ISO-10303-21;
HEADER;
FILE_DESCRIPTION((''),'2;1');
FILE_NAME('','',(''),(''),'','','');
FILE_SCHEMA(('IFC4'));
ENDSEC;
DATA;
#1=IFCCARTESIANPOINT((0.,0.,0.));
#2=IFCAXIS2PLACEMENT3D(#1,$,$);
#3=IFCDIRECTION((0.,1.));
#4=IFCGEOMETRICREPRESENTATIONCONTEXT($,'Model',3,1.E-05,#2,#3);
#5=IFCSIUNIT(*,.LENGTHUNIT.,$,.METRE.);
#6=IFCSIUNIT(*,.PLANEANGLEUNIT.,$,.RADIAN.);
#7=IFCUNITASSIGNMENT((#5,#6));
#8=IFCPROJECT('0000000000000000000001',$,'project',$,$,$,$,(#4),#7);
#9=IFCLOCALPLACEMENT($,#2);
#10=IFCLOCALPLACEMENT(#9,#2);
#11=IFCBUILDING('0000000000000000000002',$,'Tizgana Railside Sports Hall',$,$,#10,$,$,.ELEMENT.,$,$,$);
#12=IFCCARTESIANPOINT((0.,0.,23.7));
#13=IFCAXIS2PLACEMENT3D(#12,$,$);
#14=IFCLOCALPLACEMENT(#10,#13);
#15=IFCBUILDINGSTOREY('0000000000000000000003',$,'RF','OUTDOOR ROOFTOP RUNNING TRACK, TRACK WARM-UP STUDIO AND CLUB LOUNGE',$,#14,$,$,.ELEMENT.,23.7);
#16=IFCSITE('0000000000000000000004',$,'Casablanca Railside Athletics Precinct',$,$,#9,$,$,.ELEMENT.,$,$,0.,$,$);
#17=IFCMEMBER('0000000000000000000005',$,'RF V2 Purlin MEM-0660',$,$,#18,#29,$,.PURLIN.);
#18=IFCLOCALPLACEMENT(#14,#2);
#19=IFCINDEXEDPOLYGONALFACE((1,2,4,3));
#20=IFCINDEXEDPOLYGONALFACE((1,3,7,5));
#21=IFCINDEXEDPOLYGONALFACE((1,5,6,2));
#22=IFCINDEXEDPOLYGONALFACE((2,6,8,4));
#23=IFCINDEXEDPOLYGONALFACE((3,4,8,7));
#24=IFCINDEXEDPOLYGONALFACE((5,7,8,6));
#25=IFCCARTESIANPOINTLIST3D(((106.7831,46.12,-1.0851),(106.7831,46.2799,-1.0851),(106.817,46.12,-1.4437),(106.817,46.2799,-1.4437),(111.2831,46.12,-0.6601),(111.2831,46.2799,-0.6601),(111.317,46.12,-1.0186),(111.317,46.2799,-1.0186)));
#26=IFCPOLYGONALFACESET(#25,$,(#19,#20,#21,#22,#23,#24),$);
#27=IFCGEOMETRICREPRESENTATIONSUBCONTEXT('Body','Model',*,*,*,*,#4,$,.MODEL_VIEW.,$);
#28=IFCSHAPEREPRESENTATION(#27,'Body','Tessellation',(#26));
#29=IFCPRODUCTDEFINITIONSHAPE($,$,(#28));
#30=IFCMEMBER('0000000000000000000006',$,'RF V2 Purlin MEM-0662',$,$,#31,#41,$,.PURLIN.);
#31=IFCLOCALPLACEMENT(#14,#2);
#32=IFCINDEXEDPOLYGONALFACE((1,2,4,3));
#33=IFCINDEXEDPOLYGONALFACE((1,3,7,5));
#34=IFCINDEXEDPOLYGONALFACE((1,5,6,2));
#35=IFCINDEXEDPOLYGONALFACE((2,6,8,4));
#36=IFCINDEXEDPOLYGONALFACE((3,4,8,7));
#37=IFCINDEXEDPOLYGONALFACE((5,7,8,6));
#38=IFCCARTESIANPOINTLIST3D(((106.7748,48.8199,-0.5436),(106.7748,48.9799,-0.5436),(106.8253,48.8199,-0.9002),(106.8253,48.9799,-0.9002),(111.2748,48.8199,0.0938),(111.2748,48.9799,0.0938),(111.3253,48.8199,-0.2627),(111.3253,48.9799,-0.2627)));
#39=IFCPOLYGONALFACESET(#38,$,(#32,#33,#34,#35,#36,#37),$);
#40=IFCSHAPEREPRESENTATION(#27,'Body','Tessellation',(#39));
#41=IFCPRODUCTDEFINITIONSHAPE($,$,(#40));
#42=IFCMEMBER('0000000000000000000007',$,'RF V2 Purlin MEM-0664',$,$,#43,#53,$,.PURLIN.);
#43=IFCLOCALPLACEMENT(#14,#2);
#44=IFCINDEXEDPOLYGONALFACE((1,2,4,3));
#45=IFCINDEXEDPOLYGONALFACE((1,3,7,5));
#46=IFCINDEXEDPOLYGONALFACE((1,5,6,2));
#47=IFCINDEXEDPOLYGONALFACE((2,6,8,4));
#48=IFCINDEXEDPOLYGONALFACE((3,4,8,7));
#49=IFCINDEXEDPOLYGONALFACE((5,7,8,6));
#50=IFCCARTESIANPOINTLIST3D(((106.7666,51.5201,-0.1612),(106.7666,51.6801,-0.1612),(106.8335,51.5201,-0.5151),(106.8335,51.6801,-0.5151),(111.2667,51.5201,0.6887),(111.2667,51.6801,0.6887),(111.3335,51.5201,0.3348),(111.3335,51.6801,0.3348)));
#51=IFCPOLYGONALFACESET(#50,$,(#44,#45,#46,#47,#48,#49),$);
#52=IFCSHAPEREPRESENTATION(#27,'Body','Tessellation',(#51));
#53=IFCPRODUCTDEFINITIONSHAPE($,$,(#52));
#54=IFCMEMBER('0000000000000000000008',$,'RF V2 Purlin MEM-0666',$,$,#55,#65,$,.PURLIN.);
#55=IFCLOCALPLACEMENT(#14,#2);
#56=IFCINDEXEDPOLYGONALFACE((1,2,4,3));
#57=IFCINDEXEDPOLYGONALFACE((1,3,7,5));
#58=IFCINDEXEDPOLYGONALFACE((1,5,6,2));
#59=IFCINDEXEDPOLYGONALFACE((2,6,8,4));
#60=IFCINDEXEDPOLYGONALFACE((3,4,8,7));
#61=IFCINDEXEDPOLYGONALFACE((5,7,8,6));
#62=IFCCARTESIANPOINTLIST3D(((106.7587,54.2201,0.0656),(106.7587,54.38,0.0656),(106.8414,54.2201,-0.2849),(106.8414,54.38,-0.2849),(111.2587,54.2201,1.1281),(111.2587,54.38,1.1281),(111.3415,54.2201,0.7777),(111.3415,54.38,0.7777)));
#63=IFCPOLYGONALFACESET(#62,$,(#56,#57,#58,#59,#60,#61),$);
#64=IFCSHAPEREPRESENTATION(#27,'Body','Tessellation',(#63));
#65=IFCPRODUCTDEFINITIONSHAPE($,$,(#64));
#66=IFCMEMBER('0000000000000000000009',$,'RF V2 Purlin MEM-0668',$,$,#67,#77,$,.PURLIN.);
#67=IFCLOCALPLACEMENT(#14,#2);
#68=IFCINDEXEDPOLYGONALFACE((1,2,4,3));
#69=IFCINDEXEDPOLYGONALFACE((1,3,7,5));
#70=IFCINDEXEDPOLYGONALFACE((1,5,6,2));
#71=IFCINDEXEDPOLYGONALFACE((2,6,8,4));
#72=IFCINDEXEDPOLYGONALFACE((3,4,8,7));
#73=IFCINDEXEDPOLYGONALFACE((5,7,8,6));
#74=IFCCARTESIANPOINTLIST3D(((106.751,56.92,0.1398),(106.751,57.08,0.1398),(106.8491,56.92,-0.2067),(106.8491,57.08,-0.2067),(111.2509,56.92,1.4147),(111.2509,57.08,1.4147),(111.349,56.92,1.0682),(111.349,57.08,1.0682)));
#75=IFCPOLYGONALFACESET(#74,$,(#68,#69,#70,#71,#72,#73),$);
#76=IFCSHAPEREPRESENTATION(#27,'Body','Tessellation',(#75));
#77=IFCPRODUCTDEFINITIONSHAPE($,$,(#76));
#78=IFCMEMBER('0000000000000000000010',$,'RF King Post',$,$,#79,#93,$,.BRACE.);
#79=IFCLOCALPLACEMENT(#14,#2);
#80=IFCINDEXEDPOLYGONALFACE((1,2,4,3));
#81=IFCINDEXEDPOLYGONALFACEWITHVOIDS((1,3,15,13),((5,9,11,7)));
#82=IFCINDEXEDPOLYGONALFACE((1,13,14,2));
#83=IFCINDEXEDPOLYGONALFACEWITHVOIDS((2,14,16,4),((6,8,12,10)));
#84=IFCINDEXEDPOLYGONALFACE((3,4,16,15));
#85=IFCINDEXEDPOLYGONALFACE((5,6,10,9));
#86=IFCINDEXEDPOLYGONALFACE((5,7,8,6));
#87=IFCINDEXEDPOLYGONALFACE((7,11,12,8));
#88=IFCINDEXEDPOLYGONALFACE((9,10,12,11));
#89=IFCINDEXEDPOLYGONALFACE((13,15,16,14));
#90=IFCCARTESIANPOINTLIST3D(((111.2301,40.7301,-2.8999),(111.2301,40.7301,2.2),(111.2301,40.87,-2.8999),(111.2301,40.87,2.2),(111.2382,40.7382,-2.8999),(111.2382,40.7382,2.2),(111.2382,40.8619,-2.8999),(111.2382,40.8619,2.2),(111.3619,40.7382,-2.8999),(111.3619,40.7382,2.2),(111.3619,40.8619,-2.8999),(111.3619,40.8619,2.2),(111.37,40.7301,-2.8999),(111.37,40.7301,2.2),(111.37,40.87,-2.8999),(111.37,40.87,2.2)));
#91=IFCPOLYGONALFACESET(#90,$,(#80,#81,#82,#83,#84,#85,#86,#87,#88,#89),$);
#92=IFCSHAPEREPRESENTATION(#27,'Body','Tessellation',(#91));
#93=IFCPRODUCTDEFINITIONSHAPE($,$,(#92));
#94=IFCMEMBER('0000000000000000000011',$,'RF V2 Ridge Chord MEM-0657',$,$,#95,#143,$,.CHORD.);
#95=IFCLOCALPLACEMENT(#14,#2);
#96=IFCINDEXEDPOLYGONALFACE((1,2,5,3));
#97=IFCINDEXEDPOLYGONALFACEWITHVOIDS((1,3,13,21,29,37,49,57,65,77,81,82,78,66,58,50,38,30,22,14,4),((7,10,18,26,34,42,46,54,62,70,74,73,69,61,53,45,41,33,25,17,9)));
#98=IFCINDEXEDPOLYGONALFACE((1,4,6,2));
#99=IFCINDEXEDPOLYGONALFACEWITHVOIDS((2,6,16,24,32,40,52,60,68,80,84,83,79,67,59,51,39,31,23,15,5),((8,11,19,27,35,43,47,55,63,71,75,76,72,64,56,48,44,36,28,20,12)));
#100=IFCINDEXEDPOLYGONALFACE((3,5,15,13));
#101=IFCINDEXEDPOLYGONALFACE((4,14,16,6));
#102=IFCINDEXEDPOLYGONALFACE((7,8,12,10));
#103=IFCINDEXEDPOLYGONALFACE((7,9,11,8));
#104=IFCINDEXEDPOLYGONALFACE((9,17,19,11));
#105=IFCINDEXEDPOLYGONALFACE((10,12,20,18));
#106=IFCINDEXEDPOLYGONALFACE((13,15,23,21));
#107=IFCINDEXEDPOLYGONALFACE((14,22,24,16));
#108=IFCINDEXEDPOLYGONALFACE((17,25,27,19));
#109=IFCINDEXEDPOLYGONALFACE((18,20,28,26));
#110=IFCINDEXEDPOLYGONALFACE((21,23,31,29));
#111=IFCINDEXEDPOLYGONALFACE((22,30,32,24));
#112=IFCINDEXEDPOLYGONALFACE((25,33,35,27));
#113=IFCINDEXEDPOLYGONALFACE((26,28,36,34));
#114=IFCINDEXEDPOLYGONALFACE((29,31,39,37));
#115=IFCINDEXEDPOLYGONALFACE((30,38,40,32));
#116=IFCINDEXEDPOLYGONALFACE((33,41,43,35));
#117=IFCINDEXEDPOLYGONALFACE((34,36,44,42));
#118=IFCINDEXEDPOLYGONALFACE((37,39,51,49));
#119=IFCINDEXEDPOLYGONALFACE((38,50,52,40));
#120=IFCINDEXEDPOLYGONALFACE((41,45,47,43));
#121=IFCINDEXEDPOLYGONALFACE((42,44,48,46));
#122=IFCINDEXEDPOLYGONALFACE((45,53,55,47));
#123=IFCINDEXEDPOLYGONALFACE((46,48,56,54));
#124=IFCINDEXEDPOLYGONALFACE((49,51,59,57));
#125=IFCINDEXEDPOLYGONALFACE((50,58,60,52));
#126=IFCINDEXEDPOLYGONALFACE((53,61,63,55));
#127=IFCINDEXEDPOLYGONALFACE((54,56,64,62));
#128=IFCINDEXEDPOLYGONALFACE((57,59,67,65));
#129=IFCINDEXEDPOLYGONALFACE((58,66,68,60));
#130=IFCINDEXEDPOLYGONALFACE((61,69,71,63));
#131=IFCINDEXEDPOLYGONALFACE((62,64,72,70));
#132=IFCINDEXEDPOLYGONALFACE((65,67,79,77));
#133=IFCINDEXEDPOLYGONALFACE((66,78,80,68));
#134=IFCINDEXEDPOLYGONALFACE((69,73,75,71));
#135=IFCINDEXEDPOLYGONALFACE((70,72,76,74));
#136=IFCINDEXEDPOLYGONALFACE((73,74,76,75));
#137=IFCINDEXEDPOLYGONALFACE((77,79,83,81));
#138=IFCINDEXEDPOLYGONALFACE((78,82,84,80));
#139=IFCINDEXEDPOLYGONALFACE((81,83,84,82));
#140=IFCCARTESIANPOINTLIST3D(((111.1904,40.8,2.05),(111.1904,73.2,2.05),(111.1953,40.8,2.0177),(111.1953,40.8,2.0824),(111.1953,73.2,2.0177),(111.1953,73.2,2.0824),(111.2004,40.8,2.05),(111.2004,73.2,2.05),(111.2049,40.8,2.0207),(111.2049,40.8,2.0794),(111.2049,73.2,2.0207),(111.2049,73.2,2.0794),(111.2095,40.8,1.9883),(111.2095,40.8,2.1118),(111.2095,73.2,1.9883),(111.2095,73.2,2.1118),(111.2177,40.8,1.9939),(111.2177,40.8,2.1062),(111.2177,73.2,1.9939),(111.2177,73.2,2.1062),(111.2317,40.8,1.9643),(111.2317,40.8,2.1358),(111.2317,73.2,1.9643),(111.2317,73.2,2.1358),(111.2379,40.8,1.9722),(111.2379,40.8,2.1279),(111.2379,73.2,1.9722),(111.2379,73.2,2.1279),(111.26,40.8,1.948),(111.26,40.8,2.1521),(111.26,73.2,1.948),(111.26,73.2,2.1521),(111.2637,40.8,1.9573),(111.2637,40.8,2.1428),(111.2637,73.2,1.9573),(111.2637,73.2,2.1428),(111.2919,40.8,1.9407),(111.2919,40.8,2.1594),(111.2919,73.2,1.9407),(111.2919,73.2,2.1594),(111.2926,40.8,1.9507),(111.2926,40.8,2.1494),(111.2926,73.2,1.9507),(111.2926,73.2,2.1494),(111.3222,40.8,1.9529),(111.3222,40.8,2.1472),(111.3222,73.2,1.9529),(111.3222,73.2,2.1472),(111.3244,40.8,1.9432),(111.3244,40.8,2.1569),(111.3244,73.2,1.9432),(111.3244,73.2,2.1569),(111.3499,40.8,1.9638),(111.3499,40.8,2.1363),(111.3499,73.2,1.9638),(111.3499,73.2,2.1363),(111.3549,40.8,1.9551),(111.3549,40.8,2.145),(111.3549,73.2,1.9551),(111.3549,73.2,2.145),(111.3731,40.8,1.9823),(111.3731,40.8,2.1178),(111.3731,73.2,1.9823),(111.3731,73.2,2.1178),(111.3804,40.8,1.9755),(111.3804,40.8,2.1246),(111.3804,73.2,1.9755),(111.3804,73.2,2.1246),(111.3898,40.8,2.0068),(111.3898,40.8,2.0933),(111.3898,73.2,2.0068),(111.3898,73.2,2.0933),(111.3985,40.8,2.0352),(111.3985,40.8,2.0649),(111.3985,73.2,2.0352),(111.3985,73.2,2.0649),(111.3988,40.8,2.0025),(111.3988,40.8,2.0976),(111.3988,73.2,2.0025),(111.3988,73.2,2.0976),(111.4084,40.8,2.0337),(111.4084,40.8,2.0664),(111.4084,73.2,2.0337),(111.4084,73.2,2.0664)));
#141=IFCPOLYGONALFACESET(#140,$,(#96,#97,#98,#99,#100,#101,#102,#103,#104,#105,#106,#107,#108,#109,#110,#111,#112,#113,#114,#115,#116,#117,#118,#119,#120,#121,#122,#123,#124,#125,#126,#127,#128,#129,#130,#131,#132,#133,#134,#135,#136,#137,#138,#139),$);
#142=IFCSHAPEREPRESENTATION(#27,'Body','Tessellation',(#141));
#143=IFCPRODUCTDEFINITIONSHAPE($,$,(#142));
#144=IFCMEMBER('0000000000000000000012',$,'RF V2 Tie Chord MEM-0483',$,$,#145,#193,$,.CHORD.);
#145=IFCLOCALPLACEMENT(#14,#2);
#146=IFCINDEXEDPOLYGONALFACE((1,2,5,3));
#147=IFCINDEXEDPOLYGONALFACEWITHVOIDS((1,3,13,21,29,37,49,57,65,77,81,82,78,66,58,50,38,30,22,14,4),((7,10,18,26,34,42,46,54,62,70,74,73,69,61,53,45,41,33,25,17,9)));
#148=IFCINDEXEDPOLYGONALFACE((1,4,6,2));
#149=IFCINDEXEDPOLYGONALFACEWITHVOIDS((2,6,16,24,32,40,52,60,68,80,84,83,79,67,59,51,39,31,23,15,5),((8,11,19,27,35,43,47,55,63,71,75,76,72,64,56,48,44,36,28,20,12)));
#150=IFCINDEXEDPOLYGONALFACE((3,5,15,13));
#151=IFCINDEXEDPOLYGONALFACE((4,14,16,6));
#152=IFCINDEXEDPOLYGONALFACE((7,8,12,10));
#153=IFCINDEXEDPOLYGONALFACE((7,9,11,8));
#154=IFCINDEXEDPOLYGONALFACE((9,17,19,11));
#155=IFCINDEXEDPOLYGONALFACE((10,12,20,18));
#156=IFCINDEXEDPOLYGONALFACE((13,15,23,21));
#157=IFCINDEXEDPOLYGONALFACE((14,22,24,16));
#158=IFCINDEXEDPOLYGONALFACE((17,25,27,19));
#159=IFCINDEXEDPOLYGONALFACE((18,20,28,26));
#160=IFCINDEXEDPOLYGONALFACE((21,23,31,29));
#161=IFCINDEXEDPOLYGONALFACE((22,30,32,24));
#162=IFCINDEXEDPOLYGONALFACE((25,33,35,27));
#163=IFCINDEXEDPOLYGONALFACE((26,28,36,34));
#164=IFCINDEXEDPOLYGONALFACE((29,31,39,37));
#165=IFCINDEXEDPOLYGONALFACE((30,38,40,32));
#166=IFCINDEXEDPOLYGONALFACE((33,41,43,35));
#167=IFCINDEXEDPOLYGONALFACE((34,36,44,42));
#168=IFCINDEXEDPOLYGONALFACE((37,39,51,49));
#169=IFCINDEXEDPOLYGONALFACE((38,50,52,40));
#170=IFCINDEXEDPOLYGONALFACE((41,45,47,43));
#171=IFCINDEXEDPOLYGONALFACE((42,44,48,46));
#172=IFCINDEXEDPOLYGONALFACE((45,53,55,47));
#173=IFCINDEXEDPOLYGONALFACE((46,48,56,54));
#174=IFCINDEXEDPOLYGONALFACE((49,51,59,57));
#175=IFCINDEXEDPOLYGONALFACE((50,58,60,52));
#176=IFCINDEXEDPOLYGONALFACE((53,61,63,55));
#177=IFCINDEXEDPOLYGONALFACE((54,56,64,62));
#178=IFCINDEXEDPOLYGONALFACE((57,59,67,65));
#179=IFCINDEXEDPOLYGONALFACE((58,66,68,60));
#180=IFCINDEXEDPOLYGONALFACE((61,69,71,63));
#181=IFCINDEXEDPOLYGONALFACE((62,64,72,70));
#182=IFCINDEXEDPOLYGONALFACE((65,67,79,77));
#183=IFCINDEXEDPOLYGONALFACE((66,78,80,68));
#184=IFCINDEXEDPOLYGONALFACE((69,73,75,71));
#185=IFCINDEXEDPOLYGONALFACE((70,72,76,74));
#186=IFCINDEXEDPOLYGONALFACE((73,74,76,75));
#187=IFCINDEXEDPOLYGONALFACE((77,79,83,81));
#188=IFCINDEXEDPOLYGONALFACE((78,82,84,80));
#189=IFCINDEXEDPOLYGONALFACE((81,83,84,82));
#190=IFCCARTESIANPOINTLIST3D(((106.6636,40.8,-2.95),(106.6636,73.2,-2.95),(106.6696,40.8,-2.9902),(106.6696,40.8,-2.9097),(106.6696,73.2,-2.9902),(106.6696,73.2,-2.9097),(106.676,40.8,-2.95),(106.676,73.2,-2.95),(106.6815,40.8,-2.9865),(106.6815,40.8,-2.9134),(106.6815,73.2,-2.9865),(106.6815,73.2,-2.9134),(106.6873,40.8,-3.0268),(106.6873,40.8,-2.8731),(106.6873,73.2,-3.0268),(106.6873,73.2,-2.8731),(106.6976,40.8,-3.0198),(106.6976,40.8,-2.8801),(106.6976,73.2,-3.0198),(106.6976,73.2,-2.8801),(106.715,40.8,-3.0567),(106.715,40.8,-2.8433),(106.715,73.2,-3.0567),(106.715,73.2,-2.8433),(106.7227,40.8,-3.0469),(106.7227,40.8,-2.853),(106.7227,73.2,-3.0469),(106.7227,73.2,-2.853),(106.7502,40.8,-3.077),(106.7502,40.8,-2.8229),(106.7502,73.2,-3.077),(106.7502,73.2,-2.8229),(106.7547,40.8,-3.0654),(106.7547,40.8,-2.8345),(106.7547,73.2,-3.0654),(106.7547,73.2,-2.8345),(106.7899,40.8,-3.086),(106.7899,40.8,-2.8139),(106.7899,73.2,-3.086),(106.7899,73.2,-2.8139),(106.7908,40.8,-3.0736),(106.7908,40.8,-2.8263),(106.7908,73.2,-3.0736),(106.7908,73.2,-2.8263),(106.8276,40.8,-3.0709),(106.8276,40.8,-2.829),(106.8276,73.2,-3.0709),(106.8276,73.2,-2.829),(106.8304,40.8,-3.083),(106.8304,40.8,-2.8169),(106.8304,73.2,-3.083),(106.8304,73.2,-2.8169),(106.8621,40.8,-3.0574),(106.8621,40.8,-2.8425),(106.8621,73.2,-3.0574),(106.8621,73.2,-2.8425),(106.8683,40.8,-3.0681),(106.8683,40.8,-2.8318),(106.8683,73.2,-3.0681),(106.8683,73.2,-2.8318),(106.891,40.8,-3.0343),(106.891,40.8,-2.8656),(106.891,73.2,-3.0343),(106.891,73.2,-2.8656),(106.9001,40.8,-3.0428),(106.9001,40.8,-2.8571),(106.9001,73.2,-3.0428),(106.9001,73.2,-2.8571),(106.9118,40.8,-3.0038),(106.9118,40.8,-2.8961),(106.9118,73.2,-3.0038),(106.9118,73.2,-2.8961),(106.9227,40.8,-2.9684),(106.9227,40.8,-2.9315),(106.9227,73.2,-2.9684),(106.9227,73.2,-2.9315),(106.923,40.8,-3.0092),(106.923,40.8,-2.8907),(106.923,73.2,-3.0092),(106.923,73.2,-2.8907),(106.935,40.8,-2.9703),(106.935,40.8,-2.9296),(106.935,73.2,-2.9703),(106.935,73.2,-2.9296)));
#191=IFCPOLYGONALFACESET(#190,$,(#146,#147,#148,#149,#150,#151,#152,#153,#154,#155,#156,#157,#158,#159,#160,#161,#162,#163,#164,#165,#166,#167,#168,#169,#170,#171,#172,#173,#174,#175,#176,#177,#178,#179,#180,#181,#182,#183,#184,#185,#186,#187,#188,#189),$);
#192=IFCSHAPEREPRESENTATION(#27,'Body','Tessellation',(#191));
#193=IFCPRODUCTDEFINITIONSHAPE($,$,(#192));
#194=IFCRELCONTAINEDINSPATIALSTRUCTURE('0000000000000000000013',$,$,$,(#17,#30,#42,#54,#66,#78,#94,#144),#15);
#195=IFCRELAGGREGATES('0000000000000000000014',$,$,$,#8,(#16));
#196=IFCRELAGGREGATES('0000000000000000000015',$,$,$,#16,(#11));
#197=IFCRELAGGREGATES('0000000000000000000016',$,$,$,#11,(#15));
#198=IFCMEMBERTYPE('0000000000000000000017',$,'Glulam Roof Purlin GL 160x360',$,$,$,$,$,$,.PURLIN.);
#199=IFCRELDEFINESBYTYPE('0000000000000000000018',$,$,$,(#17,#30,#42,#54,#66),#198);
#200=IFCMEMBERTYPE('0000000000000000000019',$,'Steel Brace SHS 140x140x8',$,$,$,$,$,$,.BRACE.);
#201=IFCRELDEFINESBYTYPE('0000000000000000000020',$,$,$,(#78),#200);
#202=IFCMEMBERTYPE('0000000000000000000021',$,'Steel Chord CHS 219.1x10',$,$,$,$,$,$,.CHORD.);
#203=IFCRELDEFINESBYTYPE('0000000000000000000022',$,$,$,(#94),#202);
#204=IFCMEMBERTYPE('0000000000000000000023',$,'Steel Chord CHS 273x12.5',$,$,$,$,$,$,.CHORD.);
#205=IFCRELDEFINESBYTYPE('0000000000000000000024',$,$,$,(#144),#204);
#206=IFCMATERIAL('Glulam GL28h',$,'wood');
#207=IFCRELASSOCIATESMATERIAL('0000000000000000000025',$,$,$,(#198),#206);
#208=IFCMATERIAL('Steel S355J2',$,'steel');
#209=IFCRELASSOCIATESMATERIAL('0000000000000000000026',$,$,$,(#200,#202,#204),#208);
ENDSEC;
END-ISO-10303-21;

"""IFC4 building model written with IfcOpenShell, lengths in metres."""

from ifc_helpers import new_model, si_unit, direction, frame, origin, origin_2d, place, context, subcontext, project, spatial, rectangle, hollow_rectangle, hollow_circle, extrude, material, material_profile, profile_set, type_object, element, save


model = new_model("IFC4")

# Units and contexts
model_context = context("Model", 3, precision=1e-05, world=origin(), true_north=direction((0.0, 1.0)))
body_context = subcontext(model_context, "Body", "Model", "MODEL_VIEW")
ifc_project = project(units=[si_unit("LENGTHUNIT", "METRE"), si_unit("PLANEANGLEUNIT", "RADIAN")], contexts=[model_context])

# Site, building, storey
site_placement = place(None, origin())
site = spatial("IfcSite", under=ifc_project, at=site_placement, Name="Casablanca Railside Athletics Precinct", CompositionType="ELEMENT", RefElevation=0.0)
building_placement = place(site_placement, origin())
building = spatial("IfcBuilding", under=site, at=building_placement, Name="Tizgana Railside Sports Hall", CompositionType="ELEMENT")
storey_placement = place(building_placement, frame((0.0, 0.0, 23.7)))
storey = spatial("IfcBuildingStorey", under=building, at=storey_placement, Name="RF", Description="OUTDOOR ROOFTOP RUNNING TRACK, TRACK WARM-UP STUDIO AND CLUB LOUNGE", CompositionType="ELEMENT", Elevation=23.7)

# Members
ifc_material_1 = material(Name="Glulam GL28h", Category="wood")
ifc_material_profile_1 = material_profile(ifc_material_1, rectangle(XDim=0.1599, YDim=0.3601, at=origin_2d()), Name="GL 160x360")
ifc_profile_set_1 = profile_set([ifc_material_profile_1], Name="Glulam GL28h")
member_type_1 = type_object("IfcMemberType", Name="Glulam Roof Purlin GL 160x360", PredefinedType="PURLIN", material=ifc_profile_set_1)
member_1_placement = place(storey_placement, frame((106.8, 46.2, -1.2644), z_axis=(0.995569, 0.0, 0.094037), x_axis=(0.0, 1.0, 0.0)))
element("IfcMember", 1, at=member_1_placement, inside=storey, type_object=member_type_1, Name="RF V2 Purlin MEM-0660", PredefinedType="PURLIN", context=body_context, shape_type="SweptSolid", body=[
    extrude(rectangle(XDim=0.1599, YDim=0.3601, at=origin_2d()), origin(), (0.0, 0.0, 1.0), 4.52),
])
member_2_placement = place(storey_placement, frame((106.8, 48.8999, -0.7219), z_axis=(0.990115, 0.0, 0.140256), x_axis=(0.0, 1.0, 0.0)))
element("IfcMember", 2, at=member_2_placement, inside=storey, type_object=member_type_1, Name="RF V2 Purlin MEM-0662", PredefinedType="PURLIN", context=body_context, shape_type="SweptSolid", body=[
    extrude(rectangle(XDim=0.1599, YDim=0.3601, at=origin_2d()), origin(), (0.0, 0.0, 1.0), 4.5449),
])
member_3_placement = place(storey_placement, frame((106.8, 51.6001, -0.3381), z_axis=(0.98263, 0.0, 0.185576), x_axis=(0.0, 1.0, 0.0)))
element("IfcMember", 3, at=member_3_placement, inside=storey, type_object=member_type_1, Name="RF V2 Purlin MEM-0664", PredefinedType="PURLIN", context=body_context, shape_type="SweptSolid", body=[
    extrude(rectangle(XDim=0.1599, YDim=0.3601, at=origin_2d()), origin(), (0.0, 0.0, 1.0), 4.5796),
])
member_4_placement = place(storey_placement, frame((106.8, 54.3, -0.1096), z_axis=(0.97324, 0.0, 0.229793), x_axis=(0.0, 1.0, 0.0)))
element("IfcMember", 4, at=member_4_placement, inside=storey, type_object=member_type_1, Name="RF V2 Purlin MEM-0666", PredefinedType="PURLIN", context=body_context, shape_type="SweptSolid", body=[
    extrude(rectangle(XDim=0.1599, YDim=0.3601, at=origin_2d()), origin(), (0.0, 0.0, 1.0), 4.6238),
])
member_5_placement = place(storey_placement, frame((106.8, 57.0, -0.0334), z_axis=(0.962132, 0.0, 0.272583), x_axis=(0.0, 1.0, 0.0)))
element("IfcMember", 5, at=member_5_placement, inside=storey, type_object=member_type_1, Name="RF V2 Purlin MEM-0668", PredefinedType="PURLIN", context=body_context, shape_type="SweptSolid", body=[
    extrude(rectangle(XDim=0.1599, YDim=0.3601, at=origin_2d()), origin(), (0.0, 0.0, 1.0), 4.677),
])
ifc_material_2 = material(Name="Steel S355J2", Category="steel")
ifc_material_profile_2 = material_profile(ifc_material_2, hollow_rectangle(XDim=0.1399, YDim=0.1399, WallThickness=0.0081, at=origin_2d()), Name="SHS 140x140x8")
ifc_profile_set_2 = profile_set([ifc_material_profile_2], Name="Steel S355J2")
member_type_2 = type_object("IfcMemberType", Name="Steel Brace SHS 140x140x8", PredefinedType="BRACE", material=ifc_profile_set_2)
member_6_placement = place(storey_placement, frame((111.3, 40.8, -2.8999), z_axis=(0.0, 0.0, 1.0), x_axis=(1.0, 0.0, 0.0)))
element("IfcMember", 6, at=member_6_placement, inside=storey, type_object=member_type_2, Name="RF King Post", PredefinedType="BRACE", context=body_context, shape_type="SweptSolid", body=[
    extrude(hollow_rectangle(XDim=0.1399, YDim=0.1399, WallThickness=0.0081, at=origin_2d()), origin(), (0.0, 0.0, 1.0), 5.0999),
])
ifc_material_profile_3 = material_profile(ifc_material_2, hollow_circle(Radius=0.1096, WallThickness=0.01, at=origin_2d()), Name="CHS 219.1x10")
ifc_profile_set_3 = profile_set([ifc_material_profile_3], Name="Steel S355J2")
member_type_3 = type_object("IfcMemberType", Name="Steel Chord CHS 219.1x10", PredefinedType="CHORD", material=ifc_profile_set_3)
member_7_placement = place(storey_placement, frame((111.3, 40.8, 2.05), z_axis=(0.0, 1.0, 0.0), x_axis=(-1.0, 0.0, 0.0)))
element("IfcMember", 7, at=member_7_placement, inside=storey, type_object=member_type_3, Name="RF V2 Ridge Chord MEM-0657", PredefinedType="CHORD", context=body_context, shape_type="SweptSolid", body=[
    extrude(hollow_circle(Radius=0.1096, WallThickness=0.01, at=origin_2d()), origin(), (0.0, 0.0, 1.0), 32.3999),
])
ifc_material_profile_4 = material_profile(ifc_material_2, hollow_circle(Radius=0.1365, WallThickness=0.0125, at=origin_2d()), Name="CHS 273x12.5")
ifc_profile_set_4 = profile_set([ifc_material_profile_4], Name="Steel S355J2")
member_type_4 = type_object("IfcMemberType", Name="Steel Chord CHS 273x12.5", PredefinedType="CHORD", material=ifc_profile_set_4)
for number, where, z_axis, x_axis, name in (
    (8, (106.8, 40.8, -2.95), (0.0, 1.0, 0.0), (-1.0, 0.0, 0.0), "RF V2 Tie Chord MEM-0483"),
):
    element("IfcMember", number, at=place(storey_placement, frame(where, z_axis=z_axis, x_axis=x_axis)), inside=storey, type_object=member_type_4, Name=name, PredefinedType="CHORD", context=body_context, shape_type="SweptSolid", body=[
        extrude(hollow_circle(Radius=0.1365, WallThickness=0.0125, at=origin_2d()), origin(), (0.0, 0.0, 1.0), 32.3999),
    ])

save(model, "model.ifc")
